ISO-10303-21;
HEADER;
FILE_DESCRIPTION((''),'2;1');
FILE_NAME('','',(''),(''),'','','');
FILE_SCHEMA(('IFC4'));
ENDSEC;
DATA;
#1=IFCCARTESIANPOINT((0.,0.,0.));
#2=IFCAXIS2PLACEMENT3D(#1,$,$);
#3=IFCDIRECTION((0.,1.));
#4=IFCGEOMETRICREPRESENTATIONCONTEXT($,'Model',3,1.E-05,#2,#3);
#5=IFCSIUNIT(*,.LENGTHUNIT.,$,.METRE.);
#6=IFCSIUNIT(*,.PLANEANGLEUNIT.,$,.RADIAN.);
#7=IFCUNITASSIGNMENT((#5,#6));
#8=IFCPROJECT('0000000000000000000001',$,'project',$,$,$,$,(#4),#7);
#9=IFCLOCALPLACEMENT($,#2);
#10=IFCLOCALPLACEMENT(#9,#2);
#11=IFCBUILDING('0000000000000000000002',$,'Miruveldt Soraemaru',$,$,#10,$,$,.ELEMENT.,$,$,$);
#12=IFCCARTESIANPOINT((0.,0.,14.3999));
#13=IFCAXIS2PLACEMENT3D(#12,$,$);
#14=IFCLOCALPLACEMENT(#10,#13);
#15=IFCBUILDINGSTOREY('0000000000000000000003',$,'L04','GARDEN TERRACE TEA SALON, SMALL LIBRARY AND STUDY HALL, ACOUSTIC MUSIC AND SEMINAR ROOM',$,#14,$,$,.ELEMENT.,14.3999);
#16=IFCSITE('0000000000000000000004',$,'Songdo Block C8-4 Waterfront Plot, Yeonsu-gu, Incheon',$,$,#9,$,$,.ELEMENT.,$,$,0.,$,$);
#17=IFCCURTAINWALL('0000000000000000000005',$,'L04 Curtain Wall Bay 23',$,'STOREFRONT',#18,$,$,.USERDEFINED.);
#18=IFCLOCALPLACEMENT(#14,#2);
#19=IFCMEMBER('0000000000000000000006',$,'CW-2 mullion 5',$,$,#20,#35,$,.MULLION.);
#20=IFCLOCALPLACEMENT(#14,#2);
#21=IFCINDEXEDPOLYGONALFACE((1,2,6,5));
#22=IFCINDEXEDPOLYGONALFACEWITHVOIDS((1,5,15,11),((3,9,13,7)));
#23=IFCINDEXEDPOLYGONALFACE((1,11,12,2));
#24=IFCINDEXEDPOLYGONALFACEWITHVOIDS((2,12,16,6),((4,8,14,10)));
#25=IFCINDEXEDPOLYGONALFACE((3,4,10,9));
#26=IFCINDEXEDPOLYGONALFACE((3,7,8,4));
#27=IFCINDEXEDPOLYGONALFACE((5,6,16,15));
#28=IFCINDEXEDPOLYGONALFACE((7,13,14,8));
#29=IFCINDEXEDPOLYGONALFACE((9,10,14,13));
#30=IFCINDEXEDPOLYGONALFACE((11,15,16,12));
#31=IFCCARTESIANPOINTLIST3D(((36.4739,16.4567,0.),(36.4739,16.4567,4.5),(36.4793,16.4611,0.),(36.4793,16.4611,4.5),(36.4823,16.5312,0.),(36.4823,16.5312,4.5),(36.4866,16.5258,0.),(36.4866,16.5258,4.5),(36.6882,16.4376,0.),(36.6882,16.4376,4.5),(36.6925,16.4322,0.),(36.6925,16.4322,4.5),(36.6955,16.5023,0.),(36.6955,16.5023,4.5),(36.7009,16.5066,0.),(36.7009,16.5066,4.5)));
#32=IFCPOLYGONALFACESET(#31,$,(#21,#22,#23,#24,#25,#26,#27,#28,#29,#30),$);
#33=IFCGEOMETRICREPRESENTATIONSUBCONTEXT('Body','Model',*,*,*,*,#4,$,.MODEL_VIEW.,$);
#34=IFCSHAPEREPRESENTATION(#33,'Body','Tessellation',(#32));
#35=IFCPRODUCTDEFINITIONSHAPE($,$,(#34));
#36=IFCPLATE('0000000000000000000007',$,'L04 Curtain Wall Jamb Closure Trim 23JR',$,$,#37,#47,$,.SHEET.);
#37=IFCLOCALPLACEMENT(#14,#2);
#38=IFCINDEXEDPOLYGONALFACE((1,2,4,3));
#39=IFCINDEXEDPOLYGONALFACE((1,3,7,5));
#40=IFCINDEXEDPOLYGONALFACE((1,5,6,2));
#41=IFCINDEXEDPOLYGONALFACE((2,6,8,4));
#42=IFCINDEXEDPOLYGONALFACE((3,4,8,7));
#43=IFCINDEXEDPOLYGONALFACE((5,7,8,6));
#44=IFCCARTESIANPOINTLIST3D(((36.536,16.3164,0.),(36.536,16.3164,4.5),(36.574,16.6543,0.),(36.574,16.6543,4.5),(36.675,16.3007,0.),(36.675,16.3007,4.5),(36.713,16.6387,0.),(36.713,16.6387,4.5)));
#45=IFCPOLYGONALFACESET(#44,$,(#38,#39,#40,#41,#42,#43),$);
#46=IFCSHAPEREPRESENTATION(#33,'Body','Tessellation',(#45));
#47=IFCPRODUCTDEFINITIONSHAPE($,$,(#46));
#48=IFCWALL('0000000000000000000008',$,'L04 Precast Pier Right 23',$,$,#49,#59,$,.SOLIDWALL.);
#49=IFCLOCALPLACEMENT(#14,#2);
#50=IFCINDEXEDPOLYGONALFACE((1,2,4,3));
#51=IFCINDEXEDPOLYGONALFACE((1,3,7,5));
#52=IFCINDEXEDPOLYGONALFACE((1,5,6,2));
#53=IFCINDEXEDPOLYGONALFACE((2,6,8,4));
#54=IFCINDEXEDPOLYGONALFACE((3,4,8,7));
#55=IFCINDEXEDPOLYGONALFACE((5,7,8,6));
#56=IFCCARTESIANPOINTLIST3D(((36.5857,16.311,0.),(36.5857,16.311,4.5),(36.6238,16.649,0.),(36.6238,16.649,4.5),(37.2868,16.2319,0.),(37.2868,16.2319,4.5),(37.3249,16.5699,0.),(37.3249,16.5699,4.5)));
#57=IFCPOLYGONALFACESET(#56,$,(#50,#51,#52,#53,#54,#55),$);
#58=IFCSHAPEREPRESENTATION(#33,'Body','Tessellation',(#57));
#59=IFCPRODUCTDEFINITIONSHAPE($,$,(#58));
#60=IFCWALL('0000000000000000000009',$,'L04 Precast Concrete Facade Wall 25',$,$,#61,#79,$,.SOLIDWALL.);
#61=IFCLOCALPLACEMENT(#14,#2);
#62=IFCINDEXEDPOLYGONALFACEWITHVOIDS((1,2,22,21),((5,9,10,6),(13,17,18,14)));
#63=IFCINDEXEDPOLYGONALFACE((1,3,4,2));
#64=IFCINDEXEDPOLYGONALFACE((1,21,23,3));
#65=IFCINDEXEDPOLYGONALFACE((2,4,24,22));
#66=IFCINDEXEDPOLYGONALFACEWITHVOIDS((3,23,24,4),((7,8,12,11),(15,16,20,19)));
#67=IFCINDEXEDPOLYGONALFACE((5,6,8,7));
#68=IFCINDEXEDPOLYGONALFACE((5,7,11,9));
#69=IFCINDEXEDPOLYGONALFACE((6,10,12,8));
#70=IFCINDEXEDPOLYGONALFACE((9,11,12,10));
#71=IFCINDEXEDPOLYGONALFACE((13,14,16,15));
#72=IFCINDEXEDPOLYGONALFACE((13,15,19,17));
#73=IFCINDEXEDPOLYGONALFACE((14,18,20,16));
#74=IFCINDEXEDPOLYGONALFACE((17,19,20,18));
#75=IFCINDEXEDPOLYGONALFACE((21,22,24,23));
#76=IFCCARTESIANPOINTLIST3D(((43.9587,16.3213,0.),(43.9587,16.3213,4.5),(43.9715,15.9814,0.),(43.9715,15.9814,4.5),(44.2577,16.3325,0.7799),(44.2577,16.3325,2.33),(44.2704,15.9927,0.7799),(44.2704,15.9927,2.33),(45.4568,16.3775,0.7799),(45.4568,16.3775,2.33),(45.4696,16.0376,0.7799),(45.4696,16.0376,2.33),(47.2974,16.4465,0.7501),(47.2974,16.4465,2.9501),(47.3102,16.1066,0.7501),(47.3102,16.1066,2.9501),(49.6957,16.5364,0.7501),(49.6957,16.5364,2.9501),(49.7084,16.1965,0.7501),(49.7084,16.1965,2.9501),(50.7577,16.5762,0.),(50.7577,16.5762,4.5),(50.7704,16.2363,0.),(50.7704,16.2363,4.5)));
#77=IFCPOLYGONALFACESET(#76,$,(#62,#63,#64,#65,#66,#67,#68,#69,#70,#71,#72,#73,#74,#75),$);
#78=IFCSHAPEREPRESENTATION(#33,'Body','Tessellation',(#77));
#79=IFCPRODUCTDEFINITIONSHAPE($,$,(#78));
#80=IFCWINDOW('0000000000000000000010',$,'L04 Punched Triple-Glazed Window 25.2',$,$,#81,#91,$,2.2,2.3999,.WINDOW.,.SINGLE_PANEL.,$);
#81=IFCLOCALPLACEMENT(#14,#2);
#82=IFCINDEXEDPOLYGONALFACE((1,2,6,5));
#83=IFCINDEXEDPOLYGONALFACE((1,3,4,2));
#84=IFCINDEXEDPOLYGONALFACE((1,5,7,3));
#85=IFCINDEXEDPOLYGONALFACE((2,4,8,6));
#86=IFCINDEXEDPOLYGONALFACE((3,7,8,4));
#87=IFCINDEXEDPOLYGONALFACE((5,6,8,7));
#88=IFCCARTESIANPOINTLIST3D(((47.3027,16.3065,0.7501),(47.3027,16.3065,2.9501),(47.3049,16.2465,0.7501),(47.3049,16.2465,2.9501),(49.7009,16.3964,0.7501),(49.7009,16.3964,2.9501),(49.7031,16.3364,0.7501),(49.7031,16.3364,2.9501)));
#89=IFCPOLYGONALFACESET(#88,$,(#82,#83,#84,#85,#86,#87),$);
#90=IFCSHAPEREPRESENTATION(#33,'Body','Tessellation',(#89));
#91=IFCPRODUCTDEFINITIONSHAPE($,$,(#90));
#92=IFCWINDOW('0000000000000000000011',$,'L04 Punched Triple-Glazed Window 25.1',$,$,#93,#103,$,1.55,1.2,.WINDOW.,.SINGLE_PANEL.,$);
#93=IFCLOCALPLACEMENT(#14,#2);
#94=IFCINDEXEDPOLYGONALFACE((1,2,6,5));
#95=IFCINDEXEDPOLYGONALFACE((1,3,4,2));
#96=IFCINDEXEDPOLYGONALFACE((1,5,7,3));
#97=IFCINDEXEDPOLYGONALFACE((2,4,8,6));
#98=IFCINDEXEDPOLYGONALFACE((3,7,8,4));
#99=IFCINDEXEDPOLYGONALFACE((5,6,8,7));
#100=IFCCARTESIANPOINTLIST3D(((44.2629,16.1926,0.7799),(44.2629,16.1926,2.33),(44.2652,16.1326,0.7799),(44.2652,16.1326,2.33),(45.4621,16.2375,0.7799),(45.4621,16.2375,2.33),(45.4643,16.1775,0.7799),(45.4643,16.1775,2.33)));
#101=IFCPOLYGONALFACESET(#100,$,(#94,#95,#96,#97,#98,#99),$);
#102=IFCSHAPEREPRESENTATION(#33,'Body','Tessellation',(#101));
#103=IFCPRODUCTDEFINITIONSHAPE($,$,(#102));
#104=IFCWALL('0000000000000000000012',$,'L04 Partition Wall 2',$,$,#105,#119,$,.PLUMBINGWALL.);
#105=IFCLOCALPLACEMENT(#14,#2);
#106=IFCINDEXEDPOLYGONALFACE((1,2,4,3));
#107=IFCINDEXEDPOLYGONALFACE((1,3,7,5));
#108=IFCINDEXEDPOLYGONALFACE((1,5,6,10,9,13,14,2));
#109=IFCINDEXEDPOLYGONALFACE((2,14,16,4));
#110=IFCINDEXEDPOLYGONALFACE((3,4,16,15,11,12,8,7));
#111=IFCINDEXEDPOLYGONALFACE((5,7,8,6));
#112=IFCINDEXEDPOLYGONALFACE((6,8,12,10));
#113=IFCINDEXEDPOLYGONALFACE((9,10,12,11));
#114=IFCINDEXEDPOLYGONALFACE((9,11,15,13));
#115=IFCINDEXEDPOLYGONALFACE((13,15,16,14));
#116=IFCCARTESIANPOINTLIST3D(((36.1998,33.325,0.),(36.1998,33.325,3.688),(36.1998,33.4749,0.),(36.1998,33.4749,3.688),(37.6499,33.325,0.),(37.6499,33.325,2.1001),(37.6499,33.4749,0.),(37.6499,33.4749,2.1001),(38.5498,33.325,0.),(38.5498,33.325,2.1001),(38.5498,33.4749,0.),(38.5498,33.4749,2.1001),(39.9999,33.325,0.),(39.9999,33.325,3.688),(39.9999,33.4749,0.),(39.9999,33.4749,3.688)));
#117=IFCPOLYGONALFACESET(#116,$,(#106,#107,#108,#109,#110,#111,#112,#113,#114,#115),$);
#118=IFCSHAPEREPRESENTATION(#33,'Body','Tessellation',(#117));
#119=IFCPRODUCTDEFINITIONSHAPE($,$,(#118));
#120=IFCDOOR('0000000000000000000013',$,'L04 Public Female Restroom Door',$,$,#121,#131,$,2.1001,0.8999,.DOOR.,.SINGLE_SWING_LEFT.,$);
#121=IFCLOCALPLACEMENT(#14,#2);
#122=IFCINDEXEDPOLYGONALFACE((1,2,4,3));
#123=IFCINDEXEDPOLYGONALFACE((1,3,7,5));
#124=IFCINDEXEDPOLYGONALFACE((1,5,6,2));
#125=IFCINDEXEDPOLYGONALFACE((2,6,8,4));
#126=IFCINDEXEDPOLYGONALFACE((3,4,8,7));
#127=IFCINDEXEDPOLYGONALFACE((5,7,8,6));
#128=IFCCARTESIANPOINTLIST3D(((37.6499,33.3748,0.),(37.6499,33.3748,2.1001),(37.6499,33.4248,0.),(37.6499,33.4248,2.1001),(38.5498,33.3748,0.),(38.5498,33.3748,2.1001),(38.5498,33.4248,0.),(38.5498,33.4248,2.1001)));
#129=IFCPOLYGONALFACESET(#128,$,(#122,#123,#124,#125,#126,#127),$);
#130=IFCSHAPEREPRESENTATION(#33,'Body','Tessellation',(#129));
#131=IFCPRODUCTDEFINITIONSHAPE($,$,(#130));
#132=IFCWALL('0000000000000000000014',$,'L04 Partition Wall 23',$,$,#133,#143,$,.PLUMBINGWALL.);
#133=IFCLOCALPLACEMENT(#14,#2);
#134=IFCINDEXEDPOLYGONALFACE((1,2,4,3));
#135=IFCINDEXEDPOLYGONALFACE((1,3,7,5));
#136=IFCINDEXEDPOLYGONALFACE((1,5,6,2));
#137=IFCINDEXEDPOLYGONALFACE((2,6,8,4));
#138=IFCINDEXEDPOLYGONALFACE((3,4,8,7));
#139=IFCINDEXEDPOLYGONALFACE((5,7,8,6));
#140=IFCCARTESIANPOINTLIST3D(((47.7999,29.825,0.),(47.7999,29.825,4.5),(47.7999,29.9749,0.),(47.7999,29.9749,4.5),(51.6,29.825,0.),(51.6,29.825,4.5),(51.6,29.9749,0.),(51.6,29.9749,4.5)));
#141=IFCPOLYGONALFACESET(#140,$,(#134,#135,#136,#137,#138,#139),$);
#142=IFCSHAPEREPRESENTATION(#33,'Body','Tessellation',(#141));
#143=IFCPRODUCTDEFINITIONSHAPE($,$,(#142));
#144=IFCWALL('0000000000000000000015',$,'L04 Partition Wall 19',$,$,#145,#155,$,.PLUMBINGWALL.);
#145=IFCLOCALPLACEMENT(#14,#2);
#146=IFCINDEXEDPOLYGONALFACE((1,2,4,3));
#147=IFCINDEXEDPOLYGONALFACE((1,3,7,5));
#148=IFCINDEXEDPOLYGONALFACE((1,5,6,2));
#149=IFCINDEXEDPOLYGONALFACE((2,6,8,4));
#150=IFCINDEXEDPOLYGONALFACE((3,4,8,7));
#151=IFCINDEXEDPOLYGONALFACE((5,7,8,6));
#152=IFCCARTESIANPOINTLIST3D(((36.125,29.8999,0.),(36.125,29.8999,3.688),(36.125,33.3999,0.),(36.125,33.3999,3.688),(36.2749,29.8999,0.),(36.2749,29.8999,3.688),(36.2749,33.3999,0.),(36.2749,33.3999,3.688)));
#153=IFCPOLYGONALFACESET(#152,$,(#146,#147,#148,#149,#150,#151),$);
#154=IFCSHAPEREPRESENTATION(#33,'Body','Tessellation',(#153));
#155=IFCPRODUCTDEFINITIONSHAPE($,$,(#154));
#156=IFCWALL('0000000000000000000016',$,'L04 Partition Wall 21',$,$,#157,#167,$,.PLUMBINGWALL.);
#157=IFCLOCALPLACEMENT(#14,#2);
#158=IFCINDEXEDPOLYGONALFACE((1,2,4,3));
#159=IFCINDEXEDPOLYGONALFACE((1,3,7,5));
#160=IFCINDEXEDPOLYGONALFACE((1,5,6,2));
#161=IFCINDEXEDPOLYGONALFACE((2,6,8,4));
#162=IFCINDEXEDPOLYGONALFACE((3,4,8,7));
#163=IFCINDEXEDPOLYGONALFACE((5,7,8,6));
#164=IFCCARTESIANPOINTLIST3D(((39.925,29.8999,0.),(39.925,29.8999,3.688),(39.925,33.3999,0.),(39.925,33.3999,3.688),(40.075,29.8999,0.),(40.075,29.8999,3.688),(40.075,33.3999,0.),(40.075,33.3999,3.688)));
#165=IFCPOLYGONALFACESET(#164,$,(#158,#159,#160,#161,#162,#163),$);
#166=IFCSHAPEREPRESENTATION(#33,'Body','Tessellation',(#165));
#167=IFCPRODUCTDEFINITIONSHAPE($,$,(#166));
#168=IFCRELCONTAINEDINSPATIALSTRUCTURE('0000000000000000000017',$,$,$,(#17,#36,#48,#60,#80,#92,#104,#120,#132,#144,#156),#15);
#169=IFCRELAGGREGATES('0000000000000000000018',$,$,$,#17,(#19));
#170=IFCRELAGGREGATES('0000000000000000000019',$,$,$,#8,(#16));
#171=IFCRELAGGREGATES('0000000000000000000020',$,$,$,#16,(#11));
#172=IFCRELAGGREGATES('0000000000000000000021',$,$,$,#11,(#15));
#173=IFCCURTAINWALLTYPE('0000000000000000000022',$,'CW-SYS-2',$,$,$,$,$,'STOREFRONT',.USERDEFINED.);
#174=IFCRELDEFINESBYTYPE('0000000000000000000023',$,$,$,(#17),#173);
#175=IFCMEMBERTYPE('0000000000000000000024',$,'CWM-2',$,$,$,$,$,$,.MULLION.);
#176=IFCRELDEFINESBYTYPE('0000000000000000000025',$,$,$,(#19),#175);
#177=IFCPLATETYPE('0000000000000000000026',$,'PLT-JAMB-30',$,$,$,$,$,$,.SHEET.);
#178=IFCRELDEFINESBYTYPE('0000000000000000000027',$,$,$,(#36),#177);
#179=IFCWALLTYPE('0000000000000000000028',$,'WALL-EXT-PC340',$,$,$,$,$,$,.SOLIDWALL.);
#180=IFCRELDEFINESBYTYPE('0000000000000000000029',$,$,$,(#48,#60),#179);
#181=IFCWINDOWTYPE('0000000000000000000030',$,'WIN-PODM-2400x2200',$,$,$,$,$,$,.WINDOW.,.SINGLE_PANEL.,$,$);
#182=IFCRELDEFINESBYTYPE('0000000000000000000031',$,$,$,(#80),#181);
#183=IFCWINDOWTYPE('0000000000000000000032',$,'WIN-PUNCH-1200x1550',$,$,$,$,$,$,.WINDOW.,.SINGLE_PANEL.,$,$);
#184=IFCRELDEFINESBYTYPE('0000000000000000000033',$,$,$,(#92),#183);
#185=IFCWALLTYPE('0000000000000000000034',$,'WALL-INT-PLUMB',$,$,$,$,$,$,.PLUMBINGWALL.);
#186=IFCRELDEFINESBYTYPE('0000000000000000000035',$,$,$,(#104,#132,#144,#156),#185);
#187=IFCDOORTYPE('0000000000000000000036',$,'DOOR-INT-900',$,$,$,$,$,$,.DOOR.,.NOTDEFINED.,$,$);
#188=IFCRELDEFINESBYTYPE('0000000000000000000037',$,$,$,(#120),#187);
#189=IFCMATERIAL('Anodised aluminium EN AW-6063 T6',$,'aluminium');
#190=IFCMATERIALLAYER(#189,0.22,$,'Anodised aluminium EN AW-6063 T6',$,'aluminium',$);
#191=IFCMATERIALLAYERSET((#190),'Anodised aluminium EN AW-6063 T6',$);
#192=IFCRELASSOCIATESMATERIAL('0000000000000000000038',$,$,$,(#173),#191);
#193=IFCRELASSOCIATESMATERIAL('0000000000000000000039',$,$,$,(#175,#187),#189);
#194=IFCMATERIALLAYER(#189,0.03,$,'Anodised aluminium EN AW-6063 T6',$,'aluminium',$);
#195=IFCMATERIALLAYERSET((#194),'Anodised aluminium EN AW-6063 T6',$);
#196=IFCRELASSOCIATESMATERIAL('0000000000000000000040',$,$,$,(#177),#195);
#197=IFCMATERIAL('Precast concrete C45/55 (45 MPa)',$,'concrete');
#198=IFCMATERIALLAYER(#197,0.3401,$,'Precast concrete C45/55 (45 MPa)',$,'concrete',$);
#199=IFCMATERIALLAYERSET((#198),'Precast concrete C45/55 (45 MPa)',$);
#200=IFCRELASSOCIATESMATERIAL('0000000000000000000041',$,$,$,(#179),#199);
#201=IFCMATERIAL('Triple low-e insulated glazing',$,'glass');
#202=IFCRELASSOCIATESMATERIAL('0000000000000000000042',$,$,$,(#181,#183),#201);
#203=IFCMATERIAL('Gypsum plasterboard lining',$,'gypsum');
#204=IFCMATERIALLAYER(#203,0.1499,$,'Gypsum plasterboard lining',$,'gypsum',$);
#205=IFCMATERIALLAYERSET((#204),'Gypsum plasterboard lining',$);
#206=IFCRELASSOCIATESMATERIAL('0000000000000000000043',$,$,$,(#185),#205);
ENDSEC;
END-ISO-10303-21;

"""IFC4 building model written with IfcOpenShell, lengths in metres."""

from ifc_helpers import new_model, si_unit, direction, frame, frame_2d, origin, origin_2d, place, context, subcontext, project, spatial, rectangle, hollow_rectangle, extrude, material, layer, layer_set, material_profile, profile_set, type_object, element, fill, aggregate, save


model = new_model("IFC4")

# Units and contexts
model_context = context("Model", 3, precision=1e-05, world=origin(), true_north=direction((0.0, 1.0)))
body_context = subcontext(model_context, "Body", "Model", "MODEL_VIEW")
ifc_project = project(units=[si_unit("LENGTHUNIT", "METRE"), si_unit("PLANEANGLEUNIT", "RADIAN")], contexts=[model_context])

# Site, building, storey
site_placement = place(None, origin())
site = spatial("IfcSite", under=ifc_project, at=site_placement, Name="Songdo Block C8-4 Waterfront Plot, Yeonsu-gu, Incheon", CompositionType="ELEMENT", RefElevation=0.0)
building_placement = place(site_placement, origin())
building = spatial("IfcBuilding", under=site, at=building_placement, Name="Miruveldt Soraemaru", CompositionType="ELEMENT")
storey_placement = place(building_placement, frame((0.0, 0.0, 14.3999)))
storey = spatial("IfcBuildingStorey", under=building, at=storey_placement, Name="L04", Description="GARDEN TERRACE TEA SALON, SMALL LIBRARY AND STUDY HALL, ACOUSTIC MUSIC AND SEMINAR ROOM", CompositionType="ELEMENT", Elevation=14.3999)

# Curtain wall, member
ifc_material_1 = material(Name="Anodised aluminium EN AW-6063 T6", Category="aluminium")
ifc_layer_1 = layer(ifc_material_1, 0.22, Name="Anodised aluminium EN AW-6063 T6", Category="aluminium")
ifc_layer_set_1 = layer_set([ifc_layer_1], Name="Anodised aluminium EN AW-6063 T6")
curtain_wall_type = type_object("IfcCurtainWallType", Name="CW-SYS-2", ElementType="STOREFRONT", PredefinedType="USERDEFINED", material=ifc_layer_set_1)
curtain_wall_placement = place(storey_placement, origin())
curtain_wall = element("IfcCurtainWall", 1, at=curtain_wall_placement, inside=storey, type_object=curtain_wall_type, Name="L04 Curtain Wall Bay 23", ObjectType="STOREFRONT", PredefinedType="USERDEFINED")
ifc_material_profile_1 = material_profile(ifc_material_1, hollow_rectangle(XDim=0.075, YDim=0.22, WallThickness=0.0049, at=origin_2d()), Name="Anodised aluminium EN AW-6063 T6", Category="aluminium")
ifc_profile_set_1 = profile_set([ifc_material_profile_1], Name="Anodised aluminium EN AW-6063 T6")
member_type = type_object("IfcMemberType", Name="CWM-2", PredefinedType="MULLION", material=ifc_profile_set_1)
member_placement = place(storey_placement, frame((36.5874, 16.4817, 0.0), z_axis=(0.0, 0.0, 1.0), x_axis=(0.11179, 0.993732, 0.0)))
member = element("IfcMember", 2, at=member_placement, type_object=member_type, Name="CW-2 mullion 5", PredefinedType="MULLION", context=body_context, shape_type="SweptSolid", body=[
    extrude(hollow_rectangle(XDim=0.075, YDim=0.22, WallThickness=0.0049, at=origin_2d()), origin(), (0.0, 0.0, 1.0), 4.5),
])
aggregate(curtain_wall, [member])

# Plate
ifc_layer_2 = layer(ifc_material_1, 0.03, Name="Anodised aluminium EN AW-6063 T6", Category="aluminium")
ifc_layer_set_2 = layer_set([ifc_layer_2], Name="Anodised aluminium EN AW-6063 T6")
plate_type = type_object("IfcPlateType", Name="PLT-JAMB-30", PredefinedType="SHEET", material=ifc_layer_set_2)
plate_placement = place(storey_placement, frame((36.6245, 16.4775, 0.0), z_axis=(0.0, 0.0, 1.0), x_axis=(0.993731, -0.111798, 0.0)))
element("IfcPlate", 3, at=plate_placement, inside=storey, type_object=plate_type, Name="L04 Curtain Wall Jamb Closure Trim 23JR", PredefinedType="SHEET", context=body_context, shape_type="SweptSolid", body=[
    extrude(rectangle(XDim=0.1399, YDim=0.3401, at=origin_2d()), origin(), (0.0, 0.0, 1.0), 4.5),
])

# Wall
ifc_material_2 = material(Name="Precast concrete C45/55 (45 MPa)", Category="concrete")
ifc_layer_3 = layer(ifc_material_2, 0.3401, Name="Precast concrete C45/55 (45 MPa)", Category="concrete")
ifc_layer_set_3 = layer_set([ifc_layer_3], Name="Precast concrete C45/55 (45 MPa)")
wall_type_1 = type_object("IfcWallType", Name="WALL-EXT-PC340", PredefinedType="SOLIDWALL", material=ifc_layer_set_3)
wall_1_placement = place(storey_placement, frame((36.6047, 16.48, 0.0), z_axis=(0.0, 0.0, 1.0), x_axis=(0.993697, -0.112102, 0.0)))
element("IfcWall", 4, at=wall_1_placement, inside=storey, type_object=wall_type_1, Name="L04 Precast Pier Right 23", PredefinedType="SOLIDWALL", context=body_context, shape_type="SweptSolid", body=[
    extrude(rectangle(XDim=0.7056, YDim=0.3401, at=frame_2d((0.3528, 0.0))), origin(), (0.0, 0.0, 1.0), 4.5),
])

# Wall, openings, windows
wall_2_placement = place(storey_placement, frame((43.9651, 16.1514, 0.0), z_axis=(0.0, 0.0, 1.0), x_axis=(0.999298, 0.037463, 0.0)))
wall_2 = element("IfcWall", 5, at=wall_2_placement, inside=storey, type_object=wall_type_1, Name="L04 Precast Concrete Facade Wall 25", PredefinedType="SOLIDWALL", context=body_context, shape_type="SweptSolid", body=[
    extrude(rectangle(XDim=6.8037, YDim=0.3401, at=frame_2d((3.4019, 0.0))), origin(), (0.0, 0.0, 1.0), 4.5),
])
opening_1_placement = place(wall_2_placement, frame((0.2991, 0.0, 0.78)))
opening_1 = element("IfcOpeningElement", 6, at=opening_1_placement, cuts=wall_2, PredefinedType="OPENING", context=body_context, shape_type="SweptSolid", body=[
    extrude(rectangle(XDim=1.2, YDim=1.55, at=frame_2d((0.6001, 0.7749))), frame((0.0, 0.1802, 0.0), z_axis=(0.0, -1.0, 0.0), x_axis=(1.0, 0.0, 0.0)), (0.0, 0.0, 1.0), 0.3601),
])
opening_2_placement = place(wall_2_placement, frame((3.3411, 0.0, 0.75)))
opening_2 = element("IfcOpeningElement", 7, at=opening_2_placement, cuts=wall_2, PredefinedType="OPENING", context=body_context, shape_type="SweptSolid", body=[
    extrude(rectangle(XDim=2.3999, YDim=2.2, at=frame_2d((1.2, 1.1001))), frame((0.0, 0.1802, 0.0), z_axis=(0.0, -1.0, 0.0), x_axis=(1.0, 0.0, 0.0)), (0.0, 0.0, 1.0), 0.3601),
])
ifc_material_3 = material(Name="Triple low-e insulated glazing", Category="glass")
window_type_1 = type_object("IfcWindowType", Name="WIN-PODM-2400x2200", PartitioningType="SINGLE_PANEL", PredefinedType="WINDOW", material=ifc_material_3)
window_1_placement = place(opening_2_placement, origin())
window_1 = element("IfcWindow", 8, at=window_1_placement, inside=storey, type_object=window_type_1, Name="L04 Punched Triple-Glazed Window 25.2", OverallHeight=2.2, OverallWidth=2.3999, PartitioningType="SINGLE_PANEL", PredefinedType="WINDOW", context=body_context, shape_type="SweptSolid", body=[
    extrude(rectangle(XDim=2.3999, YDim=2.2, at=frame_2d((1.2, 1.1001))), frame((0.0, 0.03, 0.0), z_axis=(0.0, -1.0, 0.0), x_axis=(1.0, 0.0, 0.0)), (0.0, 0.0, 1.0), 0.0601),
])
fill(opening_2, window_1)
window_type_2 = type_object("IfcWindowType", Name="WIN-PUNCH-1200x1550", PartitioningType="SINGLE_PANEL", PredefinedType="WINDOW", material=ifc_material_3)
window_2_placement = place(opening_1_placement, origin())
window_2 = element("IfcWindow", 9, at=window_2_placement, inside=storey, type_object=window_type_2, Name="L04 Punched Triple-Glazed Window 25.1", OverallHeight=1.55, OverallWidth=1.2, PartitioningType="SINGLE_PANEL", PredefinedType="WINDOW", context=body_context, shape_type="SweptSolid", body=[
    extrude(rectangle(XDim=1.2, YDim=1.55, at=frame_2d((0.6001, 0.7749))), frame((0.0, 0.03, 0.0), z_axis=(0.0, -1.0, 0.0), x_axis=(1.0, 0.0, 0.0)), (0.0, 0.0, 1.0), 0.0601),
])
fill(opening_1, window_2)

# Wall, opening, door
ifc_material_4 = material(Name="Gypsum plasterboard lining", Category="gypsum")
ifc_layer_4 = layer(ifc_material_4, 0.1499, Name="Gypsum plasterboard lining", Category="gypsum")
ifc_layer_set_4 = layer_set([ifc_layer_4], Name="Gypsum plasterboard lining")
wall_type_2 = type_object("IfcWallType", Name="WALL-INT-PLUMB", PredefinedType="PLUMBINGWALL", material=ifc_layer_set_4)
wall_3_placement = place(storey_placement, frame((36.2, 33.3999, 0.0), z_axis=(0.0, 0.0, 1.0), x_axis=(1.0, 0.0, 0.0)))
wall_3 = element("IfcWall", 10, at=wall_3_placement, inside=storey, type_object=wall_type_2, Name="L04 Partition Wall 2", PredefinedType="PLUMBINGWALL", context=body_context, shape_type="SweptSolid", body=[
    extrude(rectangle(XDim=3.8, YDim=0.1499, at=frame_2d((1.8999, 0.0))), origin(), (0.0, 0.0, 1.0), 3.688),
])
opening_3_placement = place(wall_3_placement, frame((1.45, 0.0, 0.0)))
opening_3 = element("IfcOpeningElement", 11, at=opening_3_placement, cuts=wall_3, PredefinedType="OPENING", context=body_context, shape_type="SweptSolid", body=[
    extrude(rectangle(XDim=0.8999, YDim=2.1001, at=frame_2d((0.45, 1.05))), frame((0.0, 0.085, 0.0), z_axis=(0.0, -1.0, 0.0), x_axis=(1.0, 0.0, 0.0)), (0.0, 0.0, 1.0), 0.1699),
])
door_type_1 = type_object("IfcDoorType", Name="DOOR-INT-900", OperationType="NOTDEFINED", PredefinedType="DOOR", material=ifc_material_1)
door_1_placement = place(opening_3_placement, origin())
door_1 = element("IfcDoor", 12, at=door_1_placement, inside=storey, type_object=door_type_1, Name="L04 Public Female Restroom Door", OperationType="SINGLE_SWING_LEFT", OverallHeight=2.1001, OverallWidth=0.8999, PredefinedType="DOOR", context=body_context, shape_type="SweptSolid", body=[
    extrude(rectangle(XDim=0.8999, YDim=2.1001, at=frame_2d((0.45, 1.05))), frame((0.0, 0.0249, 0.0), z_axis=(0.0, -1.0, 0.0), x_axis=(1.0, 0.0, 0.0)), (0.0, 0.0, 1.0), 0.05),
])
fill(opening_3, door_1)

# Walls
wall_4_placement = place(storey_placement, frame((47.8, 29.8999, 0.0), z_axis=(0.0, 0.0, 1.0), x_axis=(1.0, 0.0, 0.0)))
element("IfcWall", 13, at=wall_4_placement, inside=storey, type_object=wall_type_2, Name="L04 Partition Wall 23", PredefinedType="PLUMBINGWALL", context=body_context, shape_type="SweptSolid", body=[
    extrude(rectangle(XDim=3.8, YDim=0.1499, at=frame_2d((1.8999, 0.0))), origin(), (0.0, 0.0, 1.0), 4.5),
])
for number, where, z_axis, x_axis, name in (
    (14, (36.2, 33.3999, 0.0), (0.0, 0.0, 1.0), (0.0, -1.0, 0.0), "L04 Partition Wall 19"),
    (15, (40.0, 29.8999, 0.0), (0.0, 0.0, 1.0), (0.0, 1.0, 0.0), "L04 Partition Wall 21"),
):
    element("IfcWall", number, at=place(storey_placement, frame(where, z_axis=z_axis, x_axis=x_axis)), inside=storey, type_object=wall_type_2, Name=name, PredefinedType="PLUMBINGWALL", context=body_context, shape_type="SweptSolid", body=[
        extrude(rectangle(XDim=3.5, YDim=0.1499, at=frame_2d((1.75, 0.0))), origin(), (0.0, 0.0, 1.0), 3.688),
    ])

save(model, "model.ifc")
